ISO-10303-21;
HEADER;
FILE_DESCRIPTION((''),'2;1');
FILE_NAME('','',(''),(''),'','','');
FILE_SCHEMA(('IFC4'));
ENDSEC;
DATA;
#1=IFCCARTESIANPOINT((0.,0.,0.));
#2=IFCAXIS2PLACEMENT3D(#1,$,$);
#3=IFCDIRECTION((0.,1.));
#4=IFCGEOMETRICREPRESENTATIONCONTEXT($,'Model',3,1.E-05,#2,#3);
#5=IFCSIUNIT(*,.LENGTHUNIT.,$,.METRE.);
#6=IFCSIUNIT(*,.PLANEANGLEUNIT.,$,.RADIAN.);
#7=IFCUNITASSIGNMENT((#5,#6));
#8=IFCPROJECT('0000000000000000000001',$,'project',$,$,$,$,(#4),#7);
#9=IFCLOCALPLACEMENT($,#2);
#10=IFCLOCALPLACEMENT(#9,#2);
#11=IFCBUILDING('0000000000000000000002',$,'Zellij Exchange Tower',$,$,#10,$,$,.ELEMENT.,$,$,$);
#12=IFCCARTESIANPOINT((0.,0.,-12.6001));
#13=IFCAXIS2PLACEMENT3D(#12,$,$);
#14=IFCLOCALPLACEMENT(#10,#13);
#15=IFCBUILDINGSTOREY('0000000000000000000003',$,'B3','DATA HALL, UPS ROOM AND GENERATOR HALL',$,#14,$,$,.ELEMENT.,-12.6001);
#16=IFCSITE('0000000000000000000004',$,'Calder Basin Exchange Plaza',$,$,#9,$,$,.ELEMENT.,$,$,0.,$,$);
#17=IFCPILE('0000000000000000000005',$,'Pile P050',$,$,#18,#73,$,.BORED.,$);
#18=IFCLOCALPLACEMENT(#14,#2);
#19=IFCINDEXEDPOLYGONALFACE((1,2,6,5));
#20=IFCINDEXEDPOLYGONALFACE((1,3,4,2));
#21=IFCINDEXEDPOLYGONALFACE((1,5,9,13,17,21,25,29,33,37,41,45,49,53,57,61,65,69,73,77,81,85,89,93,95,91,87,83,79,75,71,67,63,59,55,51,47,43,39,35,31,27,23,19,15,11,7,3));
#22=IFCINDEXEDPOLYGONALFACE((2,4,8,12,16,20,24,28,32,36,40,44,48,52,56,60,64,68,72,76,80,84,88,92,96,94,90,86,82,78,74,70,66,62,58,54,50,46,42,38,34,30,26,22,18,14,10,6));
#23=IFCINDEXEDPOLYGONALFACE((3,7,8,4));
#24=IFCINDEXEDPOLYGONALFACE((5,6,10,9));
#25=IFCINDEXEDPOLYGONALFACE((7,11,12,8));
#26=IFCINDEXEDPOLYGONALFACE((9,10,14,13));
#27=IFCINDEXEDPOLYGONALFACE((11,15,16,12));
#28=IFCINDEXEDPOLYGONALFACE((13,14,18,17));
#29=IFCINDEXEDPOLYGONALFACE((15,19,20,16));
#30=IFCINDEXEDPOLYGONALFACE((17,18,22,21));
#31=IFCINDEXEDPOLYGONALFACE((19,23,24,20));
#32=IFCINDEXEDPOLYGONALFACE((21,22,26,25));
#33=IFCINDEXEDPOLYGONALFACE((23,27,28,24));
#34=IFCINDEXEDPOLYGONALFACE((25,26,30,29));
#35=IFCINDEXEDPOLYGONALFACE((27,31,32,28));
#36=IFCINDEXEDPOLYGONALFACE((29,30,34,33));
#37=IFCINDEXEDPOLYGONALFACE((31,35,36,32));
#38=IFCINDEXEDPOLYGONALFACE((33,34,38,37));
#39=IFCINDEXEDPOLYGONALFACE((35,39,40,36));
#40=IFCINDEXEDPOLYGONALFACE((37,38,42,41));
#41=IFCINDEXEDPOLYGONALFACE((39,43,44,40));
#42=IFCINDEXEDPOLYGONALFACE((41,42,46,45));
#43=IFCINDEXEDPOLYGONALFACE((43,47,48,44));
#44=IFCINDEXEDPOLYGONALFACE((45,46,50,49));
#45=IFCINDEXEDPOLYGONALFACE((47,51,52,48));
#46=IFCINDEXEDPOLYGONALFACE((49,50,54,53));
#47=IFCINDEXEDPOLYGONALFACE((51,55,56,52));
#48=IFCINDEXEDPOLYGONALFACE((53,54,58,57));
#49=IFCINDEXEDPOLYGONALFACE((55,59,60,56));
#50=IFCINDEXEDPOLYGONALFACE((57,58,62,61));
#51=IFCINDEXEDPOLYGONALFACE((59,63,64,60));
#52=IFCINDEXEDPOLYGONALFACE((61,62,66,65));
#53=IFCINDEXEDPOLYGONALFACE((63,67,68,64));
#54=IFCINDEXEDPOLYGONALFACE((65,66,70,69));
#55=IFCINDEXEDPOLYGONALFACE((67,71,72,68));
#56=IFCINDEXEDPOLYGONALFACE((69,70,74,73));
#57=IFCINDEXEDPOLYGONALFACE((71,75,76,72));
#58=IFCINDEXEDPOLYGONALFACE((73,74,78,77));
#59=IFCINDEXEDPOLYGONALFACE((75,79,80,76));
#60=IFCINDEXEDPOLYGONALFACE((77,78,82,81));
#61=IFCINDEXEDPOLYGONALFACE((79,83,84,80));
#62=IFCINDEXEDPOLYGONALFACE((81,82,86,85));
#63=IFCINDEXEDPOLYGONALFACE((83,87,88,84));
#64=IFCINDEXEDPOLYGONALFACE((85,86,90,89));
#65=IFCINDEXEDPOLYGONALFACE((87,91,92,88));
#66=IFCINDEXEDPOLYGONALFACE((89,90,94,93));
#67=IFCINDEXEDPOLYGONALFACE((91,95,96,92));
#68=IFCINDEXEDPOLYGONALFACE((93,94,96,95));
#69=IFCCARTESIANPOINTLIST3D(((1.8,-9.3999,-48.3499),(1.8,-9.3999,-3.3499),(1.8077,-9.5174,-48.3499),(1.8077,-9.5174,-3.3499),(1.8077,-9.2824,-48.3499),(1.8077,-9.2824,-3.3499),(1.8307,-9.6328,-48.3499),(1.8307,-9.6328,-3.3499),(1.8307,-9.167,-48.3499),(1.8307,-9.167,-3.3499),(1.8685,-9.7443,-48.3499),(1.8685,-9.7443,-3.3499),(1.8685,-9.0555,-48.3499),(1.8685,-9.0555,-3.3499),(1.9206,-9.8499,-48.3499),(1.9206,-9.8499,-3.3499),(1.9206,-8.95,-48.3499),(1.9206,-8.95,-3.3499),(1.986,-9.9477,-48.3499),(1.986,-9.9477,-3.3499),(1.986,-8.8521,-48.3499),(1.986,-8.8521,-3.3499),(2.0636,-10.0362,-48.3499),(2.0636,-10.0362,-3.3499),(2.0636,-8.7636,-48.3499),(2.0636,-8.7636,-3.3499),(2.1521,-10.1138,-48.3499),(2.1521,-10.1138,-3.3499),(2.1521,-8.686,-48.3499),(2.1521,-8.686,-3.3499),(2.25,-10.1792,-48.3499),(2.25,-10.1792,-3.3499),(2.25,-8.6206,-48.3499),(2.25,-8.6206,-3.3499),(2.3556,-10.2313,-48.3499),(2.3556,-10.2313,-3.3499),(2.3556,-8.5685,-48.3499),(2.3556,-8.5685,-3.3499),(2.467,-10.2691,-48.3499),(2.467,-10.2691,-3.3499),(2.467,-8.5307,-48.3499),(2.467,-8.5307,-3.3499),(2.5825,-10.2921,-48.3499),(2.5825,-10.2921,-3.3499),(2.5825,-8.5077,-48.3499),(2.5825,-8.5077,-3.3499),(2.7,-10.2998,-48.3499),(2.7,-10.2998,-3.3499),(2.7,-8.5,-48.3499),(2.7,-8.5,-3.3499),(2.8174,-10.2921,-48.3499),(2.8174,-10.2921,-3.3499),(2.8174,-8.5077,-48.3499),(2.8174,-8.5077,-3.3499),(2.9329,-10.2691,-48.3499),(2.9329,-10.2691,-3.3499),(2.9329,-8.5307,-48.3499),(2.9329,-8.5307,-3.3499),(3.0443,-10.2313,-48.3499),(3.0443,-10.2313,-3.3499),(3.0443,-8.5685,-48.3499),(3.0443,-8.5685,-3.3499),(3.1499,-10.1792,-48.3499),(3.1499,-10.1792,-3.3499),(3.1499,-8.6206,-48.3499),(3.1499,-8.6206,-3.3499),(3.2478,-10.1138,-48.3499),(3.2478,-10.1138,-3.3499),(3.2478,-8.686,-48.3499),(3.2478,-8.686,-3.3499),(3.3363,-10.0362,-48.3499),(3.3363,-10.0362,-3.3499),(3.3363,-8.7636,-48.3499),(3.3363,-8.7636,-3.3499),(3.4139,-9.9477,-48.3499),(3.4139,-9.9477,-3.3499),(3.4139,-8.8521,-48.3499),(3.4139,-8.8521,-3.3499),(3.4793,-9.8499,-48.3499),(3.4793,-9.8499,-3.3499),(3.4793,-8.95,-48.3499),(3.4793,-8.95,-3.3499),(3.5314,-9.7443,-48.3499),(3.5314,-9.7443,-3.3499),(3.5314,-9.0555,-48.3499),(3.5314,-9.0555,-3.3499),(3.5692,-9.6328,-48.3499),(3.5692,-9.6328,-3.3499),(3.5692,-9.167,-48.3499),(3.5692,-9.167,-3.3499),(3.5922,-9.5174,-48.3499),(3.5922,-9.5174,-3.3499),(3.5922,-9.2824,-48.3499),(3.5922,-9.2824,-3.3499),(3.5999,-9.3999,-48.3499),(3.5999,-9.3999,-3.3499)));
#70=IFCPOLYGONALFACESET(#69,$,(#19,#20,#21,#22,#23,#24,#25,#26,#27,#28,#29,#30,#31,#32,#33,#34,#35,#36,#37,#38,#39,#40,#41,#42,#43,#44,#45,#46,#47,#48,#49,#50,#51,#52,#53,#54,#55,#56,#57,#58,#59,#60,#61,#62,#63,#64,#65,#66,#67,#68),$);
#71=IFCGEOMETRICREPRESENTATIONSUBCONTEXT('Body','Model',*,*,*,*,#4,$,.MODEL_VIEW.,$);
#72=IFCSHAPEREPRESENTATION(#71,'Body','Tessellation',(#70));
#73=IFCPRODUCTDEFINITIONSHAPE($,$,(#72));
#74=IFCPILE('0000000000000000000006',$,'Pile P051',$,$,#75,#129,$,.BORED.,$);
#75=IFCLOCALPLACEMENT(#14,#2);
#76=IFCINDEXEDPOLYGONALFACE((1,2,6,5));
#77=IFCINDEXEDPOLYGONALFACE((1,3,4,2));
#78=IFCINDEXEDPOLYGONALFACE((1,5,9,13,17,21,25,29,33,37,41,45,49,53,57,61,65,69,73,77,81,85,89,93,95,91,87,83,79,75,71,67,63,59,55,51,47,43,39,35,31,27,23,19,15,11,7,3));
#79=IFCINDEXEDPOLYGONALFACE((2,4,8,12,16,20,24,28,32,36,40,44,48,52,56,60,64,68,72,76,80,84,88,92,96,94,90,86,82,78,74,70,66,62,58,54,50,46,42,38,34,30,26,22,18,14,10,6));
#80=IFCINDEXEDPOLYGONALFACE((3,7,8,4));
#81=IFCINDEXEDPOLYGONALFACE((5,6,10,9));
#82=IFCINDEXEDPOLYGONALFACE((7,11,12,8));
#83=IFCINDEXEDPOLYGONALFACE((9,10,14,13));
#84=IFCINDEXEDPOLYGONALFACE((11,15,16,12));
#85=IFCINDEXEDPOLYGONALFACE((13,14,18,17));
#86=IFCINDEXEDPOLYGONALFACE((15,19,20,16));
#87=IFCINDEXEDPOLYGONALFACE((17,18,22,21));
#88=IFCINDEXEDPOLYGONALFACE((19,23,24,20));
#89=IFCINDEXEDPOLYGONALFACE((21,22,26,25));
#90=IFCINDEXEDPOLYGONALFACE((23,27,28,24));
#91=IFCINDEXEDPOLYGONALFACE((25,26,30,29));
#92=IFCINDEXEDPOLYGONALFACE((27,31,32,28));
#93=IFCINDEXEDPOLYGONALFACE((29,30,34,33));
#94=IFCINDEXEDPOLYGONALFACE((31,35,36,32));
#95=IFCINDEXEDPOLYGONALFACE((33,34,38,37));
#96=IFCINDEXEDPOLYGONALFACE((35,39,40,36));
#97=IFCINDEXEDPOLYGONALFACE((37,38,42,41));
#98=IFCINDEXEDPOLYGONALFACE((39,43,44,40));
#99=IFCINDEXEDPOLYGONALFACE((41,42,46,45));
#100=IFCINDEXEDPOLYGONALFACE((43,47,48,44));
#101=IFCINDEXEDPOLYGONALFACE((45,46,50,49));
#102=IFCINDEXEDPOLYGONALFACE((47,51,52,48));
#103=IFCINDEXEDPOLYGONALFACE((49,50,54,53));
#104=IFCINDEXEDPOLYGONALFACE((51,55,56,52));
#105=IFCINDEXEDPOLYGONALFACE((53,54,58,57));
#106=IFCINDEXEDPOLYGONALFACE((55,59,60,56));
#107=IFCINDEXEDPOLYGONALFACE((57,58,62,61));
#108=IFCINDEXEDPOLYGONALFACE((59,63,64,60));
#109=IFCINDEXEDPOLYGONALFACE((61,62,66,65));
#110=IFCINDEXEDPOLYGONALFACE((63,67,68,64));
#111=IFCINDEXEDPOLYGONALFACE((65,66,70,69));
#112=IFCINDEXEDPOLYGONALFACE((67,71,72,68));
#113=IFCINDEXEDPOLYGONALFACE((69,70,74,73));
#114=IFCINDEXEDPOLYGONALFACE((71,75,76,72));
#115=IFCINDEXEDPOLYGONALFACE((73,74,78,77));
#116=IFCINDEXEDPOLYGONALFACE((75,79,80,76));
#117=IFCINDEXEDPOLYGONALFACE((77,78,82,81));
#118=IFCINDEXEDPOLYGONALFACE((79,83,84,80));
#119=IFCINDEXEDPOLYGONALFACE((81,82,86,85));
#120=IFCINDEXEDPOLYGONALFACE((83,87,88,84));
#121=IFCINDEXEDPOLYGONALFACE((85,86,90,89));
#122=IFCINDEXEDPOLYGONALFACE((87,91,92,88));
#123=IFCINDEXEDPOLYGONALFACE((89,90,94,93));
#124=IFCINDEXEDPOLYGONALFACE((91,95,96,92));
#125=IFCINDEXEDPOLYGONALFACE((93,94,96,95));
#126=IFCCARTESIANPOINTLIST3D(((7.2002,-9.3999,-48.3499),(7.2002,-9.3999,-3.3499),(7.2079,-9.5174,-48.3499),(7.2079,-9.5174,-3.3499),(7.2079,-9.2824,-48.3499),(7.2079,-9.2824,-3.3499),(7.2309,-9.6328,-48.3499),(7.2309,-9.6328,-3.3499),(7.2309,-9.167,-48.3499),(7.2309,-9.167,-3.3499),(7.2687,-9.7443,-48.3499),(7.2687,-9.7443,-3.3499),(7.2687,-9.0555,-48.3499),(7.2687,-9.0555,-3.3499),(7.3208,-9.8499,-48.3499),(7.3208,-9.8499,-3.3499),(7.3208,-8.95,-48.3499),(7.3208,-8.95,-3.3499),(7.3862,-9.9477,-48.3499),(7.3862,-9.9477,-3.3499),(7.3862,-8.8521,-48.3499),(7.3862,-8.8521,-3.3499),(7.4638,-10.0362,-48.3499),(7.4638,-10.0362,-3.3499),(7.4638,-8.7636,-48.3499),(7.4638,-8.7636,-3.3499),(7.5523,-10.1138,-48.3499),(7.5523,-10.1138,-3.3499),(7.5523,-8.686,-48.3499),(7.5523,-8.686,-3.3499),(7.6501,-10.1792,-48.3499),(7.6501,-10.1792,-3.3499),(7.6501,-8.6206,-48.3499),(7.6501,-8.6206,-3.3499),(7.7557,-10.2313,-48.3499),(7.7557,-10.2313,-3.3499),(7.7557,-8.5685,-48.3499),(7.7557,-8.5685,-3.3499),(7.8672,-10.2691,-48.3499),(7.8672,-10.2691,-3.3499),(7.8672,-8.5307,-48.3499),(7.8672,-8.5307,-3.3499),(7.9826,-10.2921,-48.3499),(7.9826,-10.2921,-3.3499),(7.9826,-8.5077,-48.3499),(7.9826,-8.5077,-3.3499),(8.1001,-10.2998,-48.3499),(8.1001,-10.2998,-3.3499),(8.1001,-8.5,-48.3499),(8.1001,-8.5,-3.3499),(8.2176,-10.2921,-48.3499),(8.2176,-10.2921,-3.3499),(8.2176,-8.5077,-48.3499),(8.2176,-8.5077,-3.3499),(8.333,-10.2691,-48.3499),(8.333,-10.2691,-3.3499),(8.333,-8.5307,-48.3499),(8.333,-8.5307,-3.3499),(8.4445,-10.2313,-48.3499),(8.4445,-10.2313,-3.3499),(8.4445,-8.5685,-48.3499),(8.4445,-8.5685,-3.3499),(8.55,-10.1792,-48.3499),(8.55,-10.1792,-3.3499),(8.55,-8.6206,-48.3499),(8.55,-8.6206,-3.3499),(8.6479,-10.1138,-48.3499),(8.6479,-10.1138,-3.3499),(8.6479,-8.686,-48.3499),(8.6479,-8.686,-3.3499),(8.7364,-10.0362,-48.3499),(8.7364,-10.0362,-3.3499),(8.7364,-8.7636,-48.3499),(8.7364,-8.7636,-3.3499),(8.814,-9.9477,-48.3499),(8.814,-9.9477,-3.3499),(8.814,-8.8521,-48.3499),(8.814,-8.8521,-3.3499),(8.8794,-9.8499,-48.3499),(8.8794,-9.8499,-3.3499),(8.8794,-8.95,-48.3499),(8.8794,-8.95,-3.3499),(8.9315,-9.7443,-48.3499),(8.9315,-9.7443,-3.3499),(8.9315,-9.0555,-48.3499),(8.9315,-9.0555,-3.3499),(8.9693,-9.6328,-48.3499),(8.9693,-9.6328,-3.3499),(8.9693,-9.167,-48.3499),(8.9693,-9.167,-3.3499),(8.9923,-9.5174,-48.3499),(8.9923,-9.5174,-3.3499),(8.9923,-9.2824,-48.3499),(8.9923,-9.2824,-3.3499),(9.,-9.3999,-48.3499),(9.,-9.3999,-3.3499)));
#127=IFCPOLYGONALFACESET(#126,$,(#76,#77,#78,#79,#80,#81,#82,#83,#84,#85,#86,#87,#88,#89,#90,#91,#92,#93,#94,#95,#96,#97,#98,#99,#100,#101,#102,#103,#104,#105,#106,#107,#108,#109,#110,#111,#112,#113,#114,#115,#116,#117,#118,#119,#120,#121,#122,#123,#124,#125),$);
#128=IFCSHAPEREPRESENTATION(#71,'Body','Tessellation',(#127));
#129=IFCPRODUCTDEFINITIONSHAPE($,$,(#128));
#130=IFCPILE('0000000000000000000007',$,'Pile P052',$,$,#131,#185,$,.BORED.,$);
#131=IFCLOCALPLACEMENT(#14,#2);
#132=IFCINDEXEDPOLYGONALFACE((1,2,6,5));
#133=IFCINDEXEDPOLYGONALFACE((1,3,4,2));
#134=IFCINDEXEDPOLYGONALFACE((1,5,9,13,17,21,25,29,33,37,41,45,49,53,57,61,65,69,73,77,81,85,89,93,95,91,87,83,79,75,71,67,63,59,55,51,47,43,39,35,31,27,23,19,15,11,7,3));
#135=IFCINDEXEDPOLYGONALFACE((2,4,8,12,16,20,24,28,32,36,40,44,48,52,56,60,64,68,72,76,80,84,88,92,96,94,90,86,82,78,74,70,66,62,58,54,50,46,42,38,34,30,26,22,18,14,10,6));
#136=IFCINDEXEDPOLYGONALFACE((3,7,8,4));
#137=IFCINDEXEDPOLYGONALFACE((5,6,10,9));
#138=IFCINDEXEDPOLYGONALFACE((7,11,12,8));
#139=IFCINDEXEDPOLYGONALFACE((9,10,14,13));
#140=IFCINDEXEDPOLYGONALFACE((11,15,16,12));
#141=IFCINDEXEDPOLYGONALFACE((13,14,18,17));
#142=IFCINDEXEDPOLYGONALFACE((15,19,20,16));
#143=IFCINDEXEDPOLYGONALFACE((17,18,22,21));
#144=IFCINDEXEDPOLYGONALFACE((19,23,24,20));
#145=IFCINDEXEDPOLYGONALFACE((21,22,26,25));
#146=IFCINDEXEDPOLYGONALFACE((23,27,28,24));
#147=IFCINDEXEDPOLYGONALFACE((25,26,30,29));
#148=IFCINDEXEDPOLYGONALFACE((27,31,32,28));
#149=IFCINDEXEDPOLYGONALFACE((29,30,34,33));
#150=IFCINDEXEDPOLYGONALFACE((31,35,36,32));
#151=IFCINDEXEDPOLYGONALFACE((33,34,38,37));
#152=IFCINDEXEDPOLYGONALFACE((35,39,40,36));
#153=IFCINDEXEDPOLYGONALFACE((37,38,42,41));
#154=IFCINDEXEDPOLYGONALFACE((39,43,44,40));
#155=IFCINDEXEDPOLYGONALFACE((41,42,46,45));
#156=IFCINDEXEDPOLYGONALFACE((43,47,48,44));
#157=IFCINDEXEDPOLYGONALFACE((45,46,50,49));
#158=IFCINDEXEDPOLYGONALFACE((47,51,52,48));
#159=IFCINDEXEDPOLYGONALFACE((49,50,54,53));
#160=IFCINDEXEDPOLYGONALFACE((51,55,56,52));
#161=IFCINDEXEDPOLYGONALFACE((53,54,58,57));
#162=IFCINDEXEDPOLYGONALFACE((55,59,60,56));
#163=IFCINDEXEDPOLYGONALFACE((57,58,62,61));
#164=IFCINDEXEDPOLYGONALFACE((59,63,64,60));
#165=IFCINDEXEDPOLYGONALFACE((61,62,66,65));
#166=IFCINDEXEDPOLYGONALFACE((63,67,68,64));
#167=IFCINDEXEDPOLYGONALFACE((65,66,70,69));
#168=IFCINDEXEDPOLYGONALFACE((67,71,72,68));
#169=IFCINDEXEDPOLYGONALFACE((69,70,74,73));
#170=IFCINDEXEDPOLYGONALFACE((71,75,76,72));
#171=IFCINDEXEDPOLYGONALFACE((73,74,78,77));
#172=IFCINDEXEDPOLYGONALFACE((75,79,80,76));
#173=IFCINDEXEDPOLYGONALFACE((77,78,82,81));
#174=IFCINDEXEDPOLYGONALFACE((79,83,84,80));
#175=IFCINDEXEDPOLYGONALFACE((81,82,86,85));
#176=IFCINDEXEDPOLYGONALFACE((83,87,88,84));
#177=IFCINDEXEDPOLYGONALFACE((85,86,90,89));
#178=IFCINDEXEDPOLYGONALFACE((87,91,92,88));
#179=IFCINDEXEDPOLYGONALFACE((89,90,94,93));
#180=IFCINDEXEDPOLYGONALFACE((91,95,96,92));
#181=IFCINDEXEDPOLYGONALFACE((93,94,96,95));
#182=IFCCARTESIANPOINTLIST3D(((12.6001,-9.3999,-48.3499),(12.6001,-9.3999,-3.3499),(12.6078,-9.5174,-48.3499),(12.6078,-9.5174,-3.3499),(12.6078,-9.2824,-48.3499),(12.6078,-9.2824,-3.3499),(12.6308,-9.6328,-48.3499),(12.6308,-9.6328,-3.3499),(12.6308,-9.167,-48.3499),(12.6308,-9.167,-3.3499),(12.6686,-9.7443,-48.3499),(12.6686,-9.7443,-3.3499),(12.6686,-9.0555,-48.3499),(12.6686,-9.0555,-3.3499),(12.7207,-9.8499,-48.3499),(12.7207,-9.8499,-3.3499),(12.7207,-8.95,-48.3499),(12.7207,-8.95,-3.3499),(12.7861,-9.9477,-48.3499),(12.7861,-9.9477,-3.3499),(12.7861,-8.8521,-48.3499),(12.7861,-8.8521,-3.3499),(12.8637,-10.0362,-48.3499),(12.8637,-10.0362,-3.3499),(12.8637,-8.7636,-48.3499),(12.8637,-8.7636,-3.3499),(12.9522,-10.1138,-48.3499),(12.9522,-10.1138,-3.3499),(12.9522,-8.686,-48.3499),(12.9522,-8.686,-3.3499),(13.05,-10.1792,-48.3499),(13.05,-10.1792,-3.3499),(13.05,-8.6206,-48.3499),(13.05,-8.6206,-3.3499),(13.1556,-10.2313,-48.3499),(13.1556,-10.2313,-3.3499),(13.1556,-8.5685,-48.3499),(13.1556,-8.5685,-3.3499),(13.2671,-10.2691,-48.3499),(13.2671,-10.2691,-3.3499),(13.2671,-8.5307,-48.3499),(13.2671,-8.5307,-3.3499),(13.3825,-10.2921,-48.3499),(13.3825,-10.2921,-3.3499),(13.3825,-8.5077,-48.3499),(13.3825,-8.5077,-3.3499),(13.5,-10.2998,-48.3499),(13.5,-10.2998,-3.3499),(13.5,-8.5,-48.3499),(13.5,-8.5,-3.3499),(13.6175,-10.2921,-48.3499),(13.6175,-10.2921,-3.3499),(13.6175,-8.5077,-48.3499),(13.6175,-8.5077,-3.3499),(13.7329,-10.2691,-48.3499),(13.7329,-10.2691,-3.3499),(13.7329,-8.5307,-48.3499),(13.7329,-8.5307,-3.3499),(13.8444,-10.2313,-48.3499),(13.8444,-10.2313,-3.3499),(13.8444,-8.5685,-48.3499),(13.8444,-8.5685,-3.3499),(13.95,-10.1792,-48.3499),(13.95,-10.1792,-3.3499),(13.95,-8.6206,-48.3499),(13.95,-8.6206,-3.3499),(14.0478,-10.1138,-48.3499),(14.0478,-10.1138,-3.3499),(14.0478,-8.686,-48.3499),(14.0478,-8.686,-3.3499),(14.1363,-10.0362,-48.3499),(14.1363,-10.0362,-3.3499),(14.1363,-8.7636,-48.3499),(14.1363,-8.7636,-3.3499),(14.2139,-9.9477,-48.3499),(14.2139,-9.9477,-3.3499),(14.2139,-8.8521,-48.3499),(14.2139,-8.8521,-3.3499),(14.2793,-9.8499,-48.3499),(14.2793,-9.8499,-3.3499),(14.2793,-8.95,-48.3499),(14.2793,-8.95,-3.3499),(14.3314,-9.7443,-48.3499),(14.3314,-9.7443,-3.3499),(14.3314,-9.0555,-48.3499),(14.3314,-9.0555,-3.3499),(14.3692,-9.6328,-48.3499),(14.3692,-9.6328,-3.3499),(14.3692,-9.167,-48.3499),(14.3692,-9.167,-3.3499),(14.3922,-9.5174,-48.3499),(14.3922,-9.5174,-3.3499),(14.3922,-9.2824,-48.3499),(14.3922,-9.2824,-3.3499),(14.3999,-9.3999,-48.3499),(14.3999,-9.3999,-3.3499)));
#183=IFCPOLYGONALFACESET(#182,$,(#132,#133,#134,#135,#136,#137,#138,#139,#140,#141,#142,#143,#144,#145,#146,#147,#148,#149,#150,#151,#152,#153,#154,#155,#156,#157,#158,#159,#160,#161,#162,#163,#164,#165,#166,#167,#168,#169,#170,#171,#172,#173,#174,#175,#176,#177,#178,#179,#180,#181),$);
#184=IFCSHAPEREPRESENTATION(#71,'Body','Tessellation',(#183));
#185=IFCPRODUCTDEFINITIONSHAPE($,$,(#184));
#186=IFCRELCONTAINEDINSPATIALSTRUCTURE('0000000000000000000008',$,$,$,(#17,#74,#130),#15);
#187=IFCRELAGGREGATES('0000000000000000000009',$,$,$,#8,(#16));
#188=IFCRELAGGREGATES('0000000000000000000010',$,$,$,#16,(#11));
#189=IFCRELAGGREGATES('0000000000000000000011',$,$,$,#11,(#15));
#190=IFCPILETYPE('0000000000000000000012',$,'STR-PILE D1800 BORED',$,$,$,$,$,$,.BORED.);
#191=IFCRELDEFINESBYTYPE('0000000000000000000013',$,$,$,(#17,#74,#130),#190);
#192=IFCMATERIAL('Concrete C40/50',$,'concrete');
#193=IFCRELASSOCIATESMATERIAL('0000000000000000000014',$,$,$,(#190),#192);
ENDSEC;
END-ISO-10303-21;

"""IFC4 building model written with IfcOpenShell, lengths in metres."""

from ifc_helpers import new_model, si_unit, direction, frame, origin, origin_2d, place, context, subcontext, project, spatial, circle, extrude, material, material_profile, profile_set, type_object, element, save


model = new_model("IFC4")

# Units and contexts
model_context = context("Model", 3, precision=1e-05, world=origin(), true_north=direction((0.0, 1.0)))
body_context = subcontext(model_context, "Body", "Model", "MODEL_VIEW")
ifc_project = project(units=[si_unit("LENGTHUNIT", "METRE"), si_unit("PLANEANGLEUNIT", "RADIAN")], contexts=[model_context])

# Site, building, storey
site_placement = place(None, origin())
site = spatial("IfcSite", under=ifc_project, at=site_placement, Name="Calder Basin Exchange Plaza", CompositionType="ELEMENT", RefElevation=0.0)
building_placement = place(site_placement, origin())
building = spatial("IfcBuilding", under=site, at=building_placement, Name="Zellij Exchange Tower", CompositionType="ELEMENT")
storey_placement = place(building_placement, frame((0.0, 0.0, -12.6001)))
storey = spatial("IfcBuildingStorey", under=building, at=storey_placement, Name="B3", Description="DATA HALL, UPS ROOM AND GENERATOR HALL", CompositionType="ELEMENT", Elevation=-12.6001)

# Piles
ifc_material_1 = material(Name="Concrete C40/50", Category="concrete")
ifc_material_profile_1 = material_profile(ifc_material_1, circle(Radius=0.8999, at=origin_2d()), Name="STR-PILE D1800 BORED")
ifc_profile_set_1 = profile_set([ifc_material_profile_1], Name="Concrete C40/50")
pile_type = type_object("IfcPileType", Name="STR-PILE D1800 BORED", PredefinedType="BORED", material=ifc_profile_set_1)
for number, where, z_axis, x_axis, name in (
    (1, (2.7, -9.3999, -3.3499), (0.0, 0.0, -1.0), (1.0, 0.0, 0.0), "Pile P050"),
    (2, (8.1001, -9.3999, -3.3499), (0.0, 0.0, -1.0), (1.0, 0.0, 0.0), "Pile P051"),
    (3, (13.5, -9.3999, -3.3499), (0.0, 0.0, -1.0), (1.0, 0.0, 0.0), "Pile P052"),
):
    element("IfcPile", number, at=place(storey_placement, frame(where, z_axis=z_axis, x_axis=x_axis)), inside=storey, type_object=pile_type, Name=name, PredefinedType="BORED", context=body_context, shape_type="SweptSolid", body=[
        extrude(circle(Radius=0.8999, at=origin_2d()), origin(), (0.0, 0.0, 1.0), 45.0),
    ])

save(model, "model.ifc")
